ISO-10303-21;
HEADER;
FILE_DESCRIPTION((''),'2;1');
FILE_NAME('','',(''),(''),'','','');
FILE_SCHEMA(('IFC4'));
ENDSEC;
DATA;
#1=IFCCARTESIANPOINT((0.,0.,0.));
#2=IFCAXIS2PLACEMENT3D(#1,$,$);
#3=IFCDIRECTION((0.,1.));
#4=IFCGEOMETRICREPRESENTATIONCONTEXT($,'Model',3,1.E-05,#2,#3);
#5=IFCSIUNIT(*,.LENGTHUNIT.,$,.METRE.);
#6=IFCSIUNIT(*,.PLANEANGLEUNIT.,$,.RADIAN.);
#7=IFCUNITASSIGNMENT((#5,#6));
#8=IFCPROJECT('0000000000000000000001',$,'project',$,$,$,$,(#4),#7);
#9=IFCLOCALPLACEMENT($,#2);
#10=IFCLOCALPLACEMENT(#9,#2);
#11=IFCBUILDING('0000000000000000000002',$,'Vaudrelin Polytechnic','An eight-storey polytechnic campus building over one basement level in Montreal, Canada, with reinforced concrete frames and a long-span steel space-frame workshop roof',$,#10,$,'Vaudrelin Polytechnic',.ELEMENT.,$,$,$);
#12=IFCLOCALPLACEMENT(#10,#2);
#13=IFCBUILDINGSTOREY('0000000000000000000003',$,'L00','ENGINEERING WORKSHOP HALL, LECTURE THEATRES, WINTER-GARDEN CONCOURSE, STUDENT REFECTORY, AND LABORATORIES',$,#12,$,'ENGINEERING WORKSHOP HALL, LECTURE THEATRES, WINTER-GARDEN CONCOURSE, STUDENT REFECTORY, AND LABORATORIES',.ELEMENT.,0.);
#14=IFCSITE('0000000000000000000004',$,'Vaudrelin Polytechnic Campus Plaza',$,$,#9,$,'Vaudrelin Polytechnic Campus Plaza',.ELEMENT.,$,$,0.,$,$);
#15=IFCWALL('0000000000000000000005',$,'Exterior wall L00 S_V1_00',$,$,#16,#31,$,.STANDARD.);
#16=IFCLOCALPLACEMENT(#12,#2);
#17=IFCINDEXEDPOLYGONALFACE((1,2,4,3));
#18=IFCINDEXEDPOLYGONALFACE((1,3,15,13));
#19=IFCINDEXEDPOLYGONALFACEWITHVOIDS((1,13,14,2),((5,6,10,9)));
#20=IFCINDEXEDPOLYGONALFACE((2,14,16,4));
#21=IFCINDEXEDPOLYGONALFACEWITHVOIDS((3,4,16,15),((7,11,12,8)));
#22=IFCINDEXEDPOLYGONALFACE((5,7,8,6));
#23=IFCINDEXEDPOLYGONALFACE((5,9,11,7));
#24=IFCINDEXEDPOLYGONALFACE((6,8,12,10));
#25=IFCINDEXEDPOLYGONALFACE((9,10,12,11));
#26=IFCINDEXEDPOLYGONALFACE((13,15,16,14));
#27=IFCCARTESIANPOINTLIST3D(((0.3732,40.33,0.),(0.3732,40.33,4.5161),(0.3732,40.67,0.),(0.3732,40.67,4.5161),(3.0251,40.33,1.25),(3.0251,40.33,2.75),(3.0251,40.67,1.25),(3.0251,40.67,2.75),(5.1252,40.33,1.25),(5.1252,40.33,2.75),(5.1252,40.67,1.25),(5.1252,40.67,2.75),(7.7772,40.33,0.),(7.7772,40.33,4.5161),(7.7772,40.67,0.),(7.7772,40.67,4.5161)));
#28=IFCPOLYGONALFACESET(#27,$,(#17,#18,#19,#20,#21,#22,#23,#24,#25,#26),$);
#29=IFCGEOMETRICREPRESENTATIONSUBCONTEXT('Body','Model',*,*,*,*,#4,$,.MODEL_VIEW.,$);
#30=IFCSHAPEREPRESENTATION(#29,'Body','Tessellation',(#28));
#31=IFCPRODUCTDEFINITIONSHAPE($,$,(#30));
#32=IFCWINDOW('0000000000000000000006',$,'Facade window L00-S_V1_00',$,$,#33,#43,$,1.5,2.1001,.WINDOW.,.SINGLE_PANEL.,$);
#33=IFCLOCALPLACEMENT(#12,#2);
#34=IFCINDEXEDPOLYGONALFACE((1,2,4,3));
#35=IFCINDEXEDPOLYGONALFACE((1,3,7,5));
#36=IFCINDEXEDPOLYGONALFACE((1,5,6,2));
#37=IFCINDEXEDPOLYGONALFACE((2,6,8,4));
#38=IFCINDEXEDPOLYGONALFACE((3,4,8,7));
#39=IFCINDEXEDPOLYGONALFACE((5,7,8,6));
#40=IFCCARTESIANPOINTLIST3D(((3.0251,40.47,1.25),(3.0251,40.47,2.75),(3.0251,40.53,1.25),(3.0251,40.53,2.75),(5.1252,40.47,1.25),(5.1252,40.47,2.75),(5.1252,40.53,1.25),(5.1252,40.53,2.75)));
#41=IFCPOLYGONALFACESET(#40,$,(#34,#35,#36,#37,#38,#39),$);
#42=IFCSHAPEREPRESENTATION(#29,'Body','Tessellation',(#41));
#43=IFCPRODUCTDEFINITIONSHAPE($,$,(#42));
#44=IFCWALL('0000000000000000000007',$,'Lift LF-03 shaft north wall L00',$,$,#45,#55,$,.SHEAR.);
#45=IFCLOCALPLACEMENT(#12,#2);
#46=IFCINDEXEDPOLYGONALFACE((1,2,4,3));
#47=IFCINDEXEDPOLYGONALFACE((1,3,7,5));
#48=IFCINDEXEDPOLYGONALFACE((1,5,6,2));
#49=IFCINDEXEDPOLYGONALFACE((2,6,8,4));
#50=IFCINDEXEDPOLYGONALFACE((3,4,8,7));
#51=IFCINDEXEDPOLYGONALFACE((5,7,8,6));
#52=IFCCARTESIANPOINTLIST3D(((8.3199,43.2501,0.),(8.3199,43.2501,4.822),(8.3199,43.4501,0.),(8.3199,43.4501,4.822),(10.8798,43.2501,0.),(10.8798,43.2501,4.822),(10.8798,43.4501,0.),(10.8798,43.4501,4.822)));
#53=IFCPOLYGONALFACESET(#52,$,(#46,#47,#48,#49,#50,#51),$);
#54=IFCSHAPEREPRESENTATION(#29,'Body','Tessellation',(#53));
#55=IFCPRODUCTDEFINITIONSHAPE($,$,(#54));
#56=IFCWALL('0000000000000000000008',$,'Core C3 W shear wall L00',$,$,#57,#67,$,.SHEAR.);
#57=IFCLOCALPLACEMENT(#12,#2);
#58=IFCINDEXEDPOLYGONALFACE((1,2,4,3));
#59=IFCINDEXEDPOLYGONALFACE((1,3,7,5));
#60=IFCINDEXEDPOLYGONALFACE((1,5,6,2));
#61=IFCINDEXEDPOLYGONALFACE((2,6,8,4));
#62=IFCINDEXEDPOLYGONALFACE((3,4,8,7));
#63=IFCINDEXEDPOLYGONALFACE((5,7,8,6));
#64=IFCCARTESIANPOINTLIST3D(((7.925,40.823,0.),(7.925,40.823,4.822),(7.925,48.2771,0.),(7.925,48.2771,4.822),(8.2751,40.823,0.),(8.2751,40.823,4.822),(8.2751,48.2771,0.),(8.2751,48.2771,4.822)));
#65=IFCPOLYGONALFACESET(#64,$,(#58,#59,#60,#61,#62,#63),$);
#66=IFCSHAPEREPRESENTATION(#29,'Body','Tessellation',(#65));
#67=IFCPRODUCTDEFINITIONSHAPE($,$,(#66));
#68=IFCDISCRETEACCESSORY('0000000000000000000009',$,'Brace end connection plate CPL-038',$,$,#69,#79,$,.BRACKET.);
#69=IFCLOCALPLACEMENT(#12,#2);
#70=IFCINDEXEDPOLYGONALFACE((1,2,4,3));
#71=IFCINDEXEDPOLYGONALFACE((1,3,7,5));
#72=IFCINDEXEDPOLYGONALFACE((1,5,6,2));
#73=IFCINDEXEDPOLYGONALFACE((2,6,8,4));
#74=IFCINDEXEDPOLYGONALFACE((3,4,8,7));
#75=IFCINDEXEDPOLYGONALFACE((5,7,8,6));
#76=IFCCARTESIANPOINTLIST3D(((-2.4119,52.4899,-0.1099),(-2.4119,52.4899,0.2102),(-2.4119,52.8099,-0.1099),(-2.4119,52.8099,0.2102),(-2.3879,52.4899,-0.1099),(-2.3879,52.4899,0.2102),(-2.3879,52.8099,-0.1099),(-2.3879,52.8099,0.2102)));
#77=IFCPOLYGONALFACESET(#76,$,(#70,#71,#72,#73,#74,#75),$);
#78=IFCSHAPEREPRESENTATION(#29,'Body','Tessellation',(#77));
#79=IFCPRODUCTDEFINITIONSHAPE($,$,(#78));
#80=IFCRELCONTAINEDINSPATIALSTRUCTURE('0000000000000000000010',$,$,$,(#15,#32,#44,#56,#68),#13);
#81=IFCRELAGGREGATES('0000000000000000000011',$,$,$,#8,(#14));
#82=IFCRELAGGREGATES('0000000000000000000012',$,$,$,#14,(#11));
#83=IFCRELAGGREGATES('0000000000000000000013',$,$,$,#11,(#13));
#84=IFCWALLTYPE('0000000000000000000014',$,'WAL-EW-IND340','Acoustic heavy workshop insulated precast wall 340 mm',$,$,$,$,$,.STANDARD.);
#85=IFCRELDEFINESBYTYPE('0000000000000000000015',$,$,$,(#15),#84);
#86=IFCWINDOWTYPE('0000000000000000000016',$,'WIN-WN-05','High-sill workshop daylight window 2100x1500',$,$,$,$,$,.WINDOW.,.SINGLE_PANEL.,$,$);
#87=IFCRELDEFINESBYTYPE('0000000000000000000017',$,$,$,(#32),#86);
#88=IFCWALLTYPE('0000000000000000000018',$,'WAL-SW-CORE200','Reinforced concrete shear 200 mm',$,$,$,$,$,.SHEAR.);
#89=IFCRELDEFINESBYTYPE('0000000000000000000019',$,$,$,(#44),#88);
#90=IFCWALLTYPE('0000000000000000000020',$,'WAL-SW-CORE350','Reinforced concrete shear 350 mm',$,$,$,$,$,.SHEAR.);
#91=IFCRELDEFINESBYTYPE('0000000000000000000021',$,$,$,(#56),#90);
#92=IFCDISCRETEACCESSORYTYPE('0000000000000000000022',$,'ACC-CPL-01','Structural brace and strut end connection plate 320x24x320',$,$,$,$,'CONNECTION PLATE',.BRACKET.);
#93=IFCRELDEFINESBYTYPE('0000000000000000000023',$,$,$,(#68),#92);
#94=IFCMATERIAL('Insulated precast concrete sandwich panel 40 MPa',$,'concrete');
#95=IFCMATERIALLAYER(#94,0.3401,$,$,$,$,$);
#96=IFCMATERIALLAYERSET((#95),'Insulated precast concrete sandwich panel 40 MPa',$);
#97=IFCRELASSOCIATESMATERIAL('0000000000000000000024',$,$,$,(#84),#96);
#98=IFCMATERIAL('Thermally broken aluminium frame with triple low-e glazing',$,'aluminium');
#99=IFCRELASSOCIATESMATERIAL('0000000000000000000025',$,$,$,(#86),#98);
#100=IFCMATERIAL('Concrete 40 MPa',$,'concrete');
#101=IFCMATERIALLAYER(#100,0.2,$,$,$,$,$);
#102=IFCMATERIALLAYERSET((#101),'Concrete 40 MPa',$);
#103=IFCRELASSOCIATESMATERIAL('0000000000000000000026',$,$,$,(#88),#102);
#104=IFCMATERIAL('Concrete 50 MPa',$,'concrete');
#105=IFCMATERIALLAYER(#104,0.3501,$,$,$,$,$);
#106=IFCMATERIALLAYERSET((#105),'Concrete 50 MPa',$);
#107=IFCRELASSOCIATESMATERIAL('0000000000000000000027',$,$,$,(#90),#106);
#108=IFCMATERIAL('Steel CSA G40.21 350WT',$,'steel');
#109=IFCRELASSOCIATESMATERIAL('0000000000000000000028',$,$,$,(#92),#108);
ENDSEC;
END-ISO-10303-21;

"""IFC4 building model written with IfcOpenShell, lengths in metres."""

from ifc_helpers import new_model, si_unit, direction, frame, frame_2d, origin, origin_2d, place, context, subcontext, project, spatial, rectangle, extrude, material, layer, layer_set, type_object, element, fill, save


model = new_model("IFC4")

# Units and contexts
model_context = context("Model", 3, precision=1e-05, world=origin(), true_north=direction((0.0, 1.0)))
body_context = subcontext(model_context, "Body", "Model", "MODEL_VIEW")
ifc_project = project(units=[si_unit("LENGTHUNIT", "METRE"), si_unit("PLANEANGLEUNIT", "RADIAN")], contexts=[model_context])

# Site, building, storey
site_placement = place(None, origin())
site = spatial("IfcSite", under=ifc_project, at=site_placement, Name="Vaudrelin Polytechnic Campus Plaza", LongName="Vaudrelin Polytechnic Campus Plaza", CompositionType="ELEMENT", RefElevation=0.0)
building_placement = place(site_placement, origin())
building = spatial("IfcBuilding", under=site, at=building_placement, Name="Vaudrelin Polytechnic", Description="An eight-storey polytechnic campus building over one basement level in Montreal, Canada, with reinforced concrete frames and a long-span steel space-frame workshop roof", LongName="Vaudrelin Polytechnic", CompositionType="ELEMENT")
storey_placement = place(building_placement, origin())
storey = spatial("IfcBuildingStorey", under=building, at=storey_placement, Name="L00", Description="ENGINEERING WORKSHOP HALL, LECTURE THEATRES, WINTER-GARDEN CONCOURSE, STUDENT REFECTORY, AND LABORATORIES", LongName="ENGINEERING WORKSHOP HALL, LECTURE THEATRES, WINTER-GARDEN CONCOURSE, STUDENT REFECTORY, AND LABORATORIES", CompositionType="ELEMENT", Elevation=0.0)

# Shared definitions
ifc_material_1 = material(Name="Concrete 40 MPa", Category="concrete")
ifc_material_2 = material(Name="Concrete 50 MPa", Category="concrete")
ifc_material_3 = material(Name="Steel CSA G40.21 350WT", Category="steel")

# Shared definitions
ifc_material_4 = material(Name="Insulated precast concrete sandwich panel 40 MPa", Category="concrete")
ifc_layer_1 = layer(ifc_material_4, 0.3401)
ifc_layer_set_1 = layer_set([ifc_layer_1], Name="Insulated precast concrete sandwich panel 40 MPa")
wall_type_1 = type_object("IfcWallType", Name="WAL-EW-IND340", Description="Acoustic heavy workshop insulated precast wall 340 mm", PredefinedType="STANDARD", material=ifc_layer_set_1)

# Wall, opening, window
wall_1_placement = place(storey_placement, frame((0.373, 40.5, 0.0), z_axis=(0.0, 0.0, 1.0), x_axis=(1.0, 0.0, 0.0)))
wall_1 = element("IfcWall", 1, at=wall_1_placement, inside=storey, type_object=wall_type_1, Name="Exterior wall L00 S_V1_00", PredefinedType="STANDARD", context=body_context, shape_type="SweptSolid", body=[
    extrude(rectangle(XDim=7.4041, YDim=0.3401, at=frame_2d((3.7021, 0.0))), origin(), (0.0, 0.0, 1.0), 4.5161),
])
opening_1_placement = place(wall_1_placement, frame((2.6521, 0.0, 1.25)))
opening_1 = element("IfcOpeningElement", 2, at=opening_1_placement, cuts=wall_1, PredefinedType="OPENING", context=body_context, shape_type="SweptSolid", body=[
    extrude(rectangle(XDim=2.1001, YDim=1.5, at=frame_2d((1.05, 0.75))), frame((0.0, 0.1802, 0.0), z_axis=(0.0, -1.0, 0.0), x_axis=(1.0, 0.0, 0.0)), (0.0, 0.0, 1.0), 0.3601),
])
ifc_material_5 = material(Name="Thermally broken aluminium frame with triple low-e glazing", Category="aluminium")
window_type = type_object("IfcWindowType", Name="WIN-WN-05", Description="High-sill workshop daylight window 2100x1500", PartitioningType="SINGLE_PANEL", PredefinedType="WINDOW", material=ifc_material_5)
window_placement = place(opening_1_placement, origin())
window = element("IfcWindow", 3, at=window_placement, inside=storey, type_object=window_type, Name="Facade window L00-S_V1_00", OverallHeight=1.5, OverallWidth=2.1001, PartitioningType="SINGLE_PANEL", PredefinedType="WINDOW", context=body_context, shape_type="SweptSolid", body=[
    extrude(rectangle(XDim=2.1001, YDim=1.5, at=frame_2d((1.05, 0.75))), frame((0.0, 0.03, 0.0), z_axis=(0.0, -1.0, 0.0), x_axis=(1.0, 0.0, 0.0)), (0.0, 0.0, 1.0), 0.0601),
])
fill(opening_1, window)

# Walls
ifc_layer_2 = layer(ifc_material_1, 0.2)
ifc_layer_set_2 = layer_set([ifc_layer_2], Name="Concrete 40 MPa")
wall_type_2 = type_object("IfcWallType", Name="WAL-SW-CORE200", Description="Reinforced concrete shear 200 mm", PredefinedType="SHEAR", material=ifc_layer_set_2)
wall_2_placement = place(storey_placement, frame((8.3201, 43.3501, 0.0), z_axis=(0.0, 0.0, 1.0), x_axis=(1.0, 0.0, 0.0)))
element("IfcWall", 4, at=wall_2_placement, inside=storey, type_object=wall_type_2, Name="Lift LF-03 shaft north wall L00", PredefinedType="SHEAR", context=body_context, shape_type="SweptSolid", body=[
    extrude(rectangle(XDim=2.5598, YDim=0.2, at=frame_2d((1.2798, 0.0))), origin(), (0.0, 0.0, 1.0), 4.822),
])
ifc_layer_3 = layer(ifc_material_2, 0.3501)
ifc_layer_set_3 = layer_set([ifc_layer_3], Name="Concrete 50 MPa")
wall_type_3 = type_object("IfcWallType", Name="WAL-SW-CORE350", Description="Reinforced concrete shear 350 mm", PredefinedType="SHEAR", material=ifc_layer_set_3)
wall_3_placement = place(storey_placement, frame((8.1001, 40.823, 0.0), z_axis=(0.0, 0.0, 1.0), x_axis=(0.0, 1.0, 0.0)))
element("IfcWall", 5, at=wall_3_placement, inside=storey, type_object=wall_type_3, Name="Core C3 W shear wall L00", PredefinedType="SHEAR", context=body_context, shape_type="SweptSolid", body=[
    extrude(rectangle(XDim=7.4541, YDim=0.3501, at=frame_2d((3.7271, 0.0))), origin(), (0.0, 0.0, 1.0), 4.822),
])

# Discrete accessory
discrete_accessory_type = type_object("IfcDiscreteAccessoryType", Name="ACC-CPL-01", Description="Structural brace and strut end connection plate 320x24x320", ElementType="CONNECTION PLATE", PredefinedType="BRACKET", material=ifc_material_3)
discrete_accessory_placement = place(storey_placement, frame((-2.3999, 52.6499, -0.1099), z_axis=(0.0, 0.0, 1.0), x_axis=(1.0, 0.0, 0.0)))
element("IfcDiscreteAccessory", 6, at=discrete_accessory_placement, inside=storey, type_object=discrete_accessory_type, Name="Brace end connection plate CPL-038", PredefinedType="BRACKET", context=body_context, shape_type="SweptSolid", body=[
    extrude(rectangle(XDim=0.0239, YDim=0.3201, at=origin_2d()), origin(), (0.0, 0.0, 1.0), 0.3201),
])

save(model, "model.ifc")
